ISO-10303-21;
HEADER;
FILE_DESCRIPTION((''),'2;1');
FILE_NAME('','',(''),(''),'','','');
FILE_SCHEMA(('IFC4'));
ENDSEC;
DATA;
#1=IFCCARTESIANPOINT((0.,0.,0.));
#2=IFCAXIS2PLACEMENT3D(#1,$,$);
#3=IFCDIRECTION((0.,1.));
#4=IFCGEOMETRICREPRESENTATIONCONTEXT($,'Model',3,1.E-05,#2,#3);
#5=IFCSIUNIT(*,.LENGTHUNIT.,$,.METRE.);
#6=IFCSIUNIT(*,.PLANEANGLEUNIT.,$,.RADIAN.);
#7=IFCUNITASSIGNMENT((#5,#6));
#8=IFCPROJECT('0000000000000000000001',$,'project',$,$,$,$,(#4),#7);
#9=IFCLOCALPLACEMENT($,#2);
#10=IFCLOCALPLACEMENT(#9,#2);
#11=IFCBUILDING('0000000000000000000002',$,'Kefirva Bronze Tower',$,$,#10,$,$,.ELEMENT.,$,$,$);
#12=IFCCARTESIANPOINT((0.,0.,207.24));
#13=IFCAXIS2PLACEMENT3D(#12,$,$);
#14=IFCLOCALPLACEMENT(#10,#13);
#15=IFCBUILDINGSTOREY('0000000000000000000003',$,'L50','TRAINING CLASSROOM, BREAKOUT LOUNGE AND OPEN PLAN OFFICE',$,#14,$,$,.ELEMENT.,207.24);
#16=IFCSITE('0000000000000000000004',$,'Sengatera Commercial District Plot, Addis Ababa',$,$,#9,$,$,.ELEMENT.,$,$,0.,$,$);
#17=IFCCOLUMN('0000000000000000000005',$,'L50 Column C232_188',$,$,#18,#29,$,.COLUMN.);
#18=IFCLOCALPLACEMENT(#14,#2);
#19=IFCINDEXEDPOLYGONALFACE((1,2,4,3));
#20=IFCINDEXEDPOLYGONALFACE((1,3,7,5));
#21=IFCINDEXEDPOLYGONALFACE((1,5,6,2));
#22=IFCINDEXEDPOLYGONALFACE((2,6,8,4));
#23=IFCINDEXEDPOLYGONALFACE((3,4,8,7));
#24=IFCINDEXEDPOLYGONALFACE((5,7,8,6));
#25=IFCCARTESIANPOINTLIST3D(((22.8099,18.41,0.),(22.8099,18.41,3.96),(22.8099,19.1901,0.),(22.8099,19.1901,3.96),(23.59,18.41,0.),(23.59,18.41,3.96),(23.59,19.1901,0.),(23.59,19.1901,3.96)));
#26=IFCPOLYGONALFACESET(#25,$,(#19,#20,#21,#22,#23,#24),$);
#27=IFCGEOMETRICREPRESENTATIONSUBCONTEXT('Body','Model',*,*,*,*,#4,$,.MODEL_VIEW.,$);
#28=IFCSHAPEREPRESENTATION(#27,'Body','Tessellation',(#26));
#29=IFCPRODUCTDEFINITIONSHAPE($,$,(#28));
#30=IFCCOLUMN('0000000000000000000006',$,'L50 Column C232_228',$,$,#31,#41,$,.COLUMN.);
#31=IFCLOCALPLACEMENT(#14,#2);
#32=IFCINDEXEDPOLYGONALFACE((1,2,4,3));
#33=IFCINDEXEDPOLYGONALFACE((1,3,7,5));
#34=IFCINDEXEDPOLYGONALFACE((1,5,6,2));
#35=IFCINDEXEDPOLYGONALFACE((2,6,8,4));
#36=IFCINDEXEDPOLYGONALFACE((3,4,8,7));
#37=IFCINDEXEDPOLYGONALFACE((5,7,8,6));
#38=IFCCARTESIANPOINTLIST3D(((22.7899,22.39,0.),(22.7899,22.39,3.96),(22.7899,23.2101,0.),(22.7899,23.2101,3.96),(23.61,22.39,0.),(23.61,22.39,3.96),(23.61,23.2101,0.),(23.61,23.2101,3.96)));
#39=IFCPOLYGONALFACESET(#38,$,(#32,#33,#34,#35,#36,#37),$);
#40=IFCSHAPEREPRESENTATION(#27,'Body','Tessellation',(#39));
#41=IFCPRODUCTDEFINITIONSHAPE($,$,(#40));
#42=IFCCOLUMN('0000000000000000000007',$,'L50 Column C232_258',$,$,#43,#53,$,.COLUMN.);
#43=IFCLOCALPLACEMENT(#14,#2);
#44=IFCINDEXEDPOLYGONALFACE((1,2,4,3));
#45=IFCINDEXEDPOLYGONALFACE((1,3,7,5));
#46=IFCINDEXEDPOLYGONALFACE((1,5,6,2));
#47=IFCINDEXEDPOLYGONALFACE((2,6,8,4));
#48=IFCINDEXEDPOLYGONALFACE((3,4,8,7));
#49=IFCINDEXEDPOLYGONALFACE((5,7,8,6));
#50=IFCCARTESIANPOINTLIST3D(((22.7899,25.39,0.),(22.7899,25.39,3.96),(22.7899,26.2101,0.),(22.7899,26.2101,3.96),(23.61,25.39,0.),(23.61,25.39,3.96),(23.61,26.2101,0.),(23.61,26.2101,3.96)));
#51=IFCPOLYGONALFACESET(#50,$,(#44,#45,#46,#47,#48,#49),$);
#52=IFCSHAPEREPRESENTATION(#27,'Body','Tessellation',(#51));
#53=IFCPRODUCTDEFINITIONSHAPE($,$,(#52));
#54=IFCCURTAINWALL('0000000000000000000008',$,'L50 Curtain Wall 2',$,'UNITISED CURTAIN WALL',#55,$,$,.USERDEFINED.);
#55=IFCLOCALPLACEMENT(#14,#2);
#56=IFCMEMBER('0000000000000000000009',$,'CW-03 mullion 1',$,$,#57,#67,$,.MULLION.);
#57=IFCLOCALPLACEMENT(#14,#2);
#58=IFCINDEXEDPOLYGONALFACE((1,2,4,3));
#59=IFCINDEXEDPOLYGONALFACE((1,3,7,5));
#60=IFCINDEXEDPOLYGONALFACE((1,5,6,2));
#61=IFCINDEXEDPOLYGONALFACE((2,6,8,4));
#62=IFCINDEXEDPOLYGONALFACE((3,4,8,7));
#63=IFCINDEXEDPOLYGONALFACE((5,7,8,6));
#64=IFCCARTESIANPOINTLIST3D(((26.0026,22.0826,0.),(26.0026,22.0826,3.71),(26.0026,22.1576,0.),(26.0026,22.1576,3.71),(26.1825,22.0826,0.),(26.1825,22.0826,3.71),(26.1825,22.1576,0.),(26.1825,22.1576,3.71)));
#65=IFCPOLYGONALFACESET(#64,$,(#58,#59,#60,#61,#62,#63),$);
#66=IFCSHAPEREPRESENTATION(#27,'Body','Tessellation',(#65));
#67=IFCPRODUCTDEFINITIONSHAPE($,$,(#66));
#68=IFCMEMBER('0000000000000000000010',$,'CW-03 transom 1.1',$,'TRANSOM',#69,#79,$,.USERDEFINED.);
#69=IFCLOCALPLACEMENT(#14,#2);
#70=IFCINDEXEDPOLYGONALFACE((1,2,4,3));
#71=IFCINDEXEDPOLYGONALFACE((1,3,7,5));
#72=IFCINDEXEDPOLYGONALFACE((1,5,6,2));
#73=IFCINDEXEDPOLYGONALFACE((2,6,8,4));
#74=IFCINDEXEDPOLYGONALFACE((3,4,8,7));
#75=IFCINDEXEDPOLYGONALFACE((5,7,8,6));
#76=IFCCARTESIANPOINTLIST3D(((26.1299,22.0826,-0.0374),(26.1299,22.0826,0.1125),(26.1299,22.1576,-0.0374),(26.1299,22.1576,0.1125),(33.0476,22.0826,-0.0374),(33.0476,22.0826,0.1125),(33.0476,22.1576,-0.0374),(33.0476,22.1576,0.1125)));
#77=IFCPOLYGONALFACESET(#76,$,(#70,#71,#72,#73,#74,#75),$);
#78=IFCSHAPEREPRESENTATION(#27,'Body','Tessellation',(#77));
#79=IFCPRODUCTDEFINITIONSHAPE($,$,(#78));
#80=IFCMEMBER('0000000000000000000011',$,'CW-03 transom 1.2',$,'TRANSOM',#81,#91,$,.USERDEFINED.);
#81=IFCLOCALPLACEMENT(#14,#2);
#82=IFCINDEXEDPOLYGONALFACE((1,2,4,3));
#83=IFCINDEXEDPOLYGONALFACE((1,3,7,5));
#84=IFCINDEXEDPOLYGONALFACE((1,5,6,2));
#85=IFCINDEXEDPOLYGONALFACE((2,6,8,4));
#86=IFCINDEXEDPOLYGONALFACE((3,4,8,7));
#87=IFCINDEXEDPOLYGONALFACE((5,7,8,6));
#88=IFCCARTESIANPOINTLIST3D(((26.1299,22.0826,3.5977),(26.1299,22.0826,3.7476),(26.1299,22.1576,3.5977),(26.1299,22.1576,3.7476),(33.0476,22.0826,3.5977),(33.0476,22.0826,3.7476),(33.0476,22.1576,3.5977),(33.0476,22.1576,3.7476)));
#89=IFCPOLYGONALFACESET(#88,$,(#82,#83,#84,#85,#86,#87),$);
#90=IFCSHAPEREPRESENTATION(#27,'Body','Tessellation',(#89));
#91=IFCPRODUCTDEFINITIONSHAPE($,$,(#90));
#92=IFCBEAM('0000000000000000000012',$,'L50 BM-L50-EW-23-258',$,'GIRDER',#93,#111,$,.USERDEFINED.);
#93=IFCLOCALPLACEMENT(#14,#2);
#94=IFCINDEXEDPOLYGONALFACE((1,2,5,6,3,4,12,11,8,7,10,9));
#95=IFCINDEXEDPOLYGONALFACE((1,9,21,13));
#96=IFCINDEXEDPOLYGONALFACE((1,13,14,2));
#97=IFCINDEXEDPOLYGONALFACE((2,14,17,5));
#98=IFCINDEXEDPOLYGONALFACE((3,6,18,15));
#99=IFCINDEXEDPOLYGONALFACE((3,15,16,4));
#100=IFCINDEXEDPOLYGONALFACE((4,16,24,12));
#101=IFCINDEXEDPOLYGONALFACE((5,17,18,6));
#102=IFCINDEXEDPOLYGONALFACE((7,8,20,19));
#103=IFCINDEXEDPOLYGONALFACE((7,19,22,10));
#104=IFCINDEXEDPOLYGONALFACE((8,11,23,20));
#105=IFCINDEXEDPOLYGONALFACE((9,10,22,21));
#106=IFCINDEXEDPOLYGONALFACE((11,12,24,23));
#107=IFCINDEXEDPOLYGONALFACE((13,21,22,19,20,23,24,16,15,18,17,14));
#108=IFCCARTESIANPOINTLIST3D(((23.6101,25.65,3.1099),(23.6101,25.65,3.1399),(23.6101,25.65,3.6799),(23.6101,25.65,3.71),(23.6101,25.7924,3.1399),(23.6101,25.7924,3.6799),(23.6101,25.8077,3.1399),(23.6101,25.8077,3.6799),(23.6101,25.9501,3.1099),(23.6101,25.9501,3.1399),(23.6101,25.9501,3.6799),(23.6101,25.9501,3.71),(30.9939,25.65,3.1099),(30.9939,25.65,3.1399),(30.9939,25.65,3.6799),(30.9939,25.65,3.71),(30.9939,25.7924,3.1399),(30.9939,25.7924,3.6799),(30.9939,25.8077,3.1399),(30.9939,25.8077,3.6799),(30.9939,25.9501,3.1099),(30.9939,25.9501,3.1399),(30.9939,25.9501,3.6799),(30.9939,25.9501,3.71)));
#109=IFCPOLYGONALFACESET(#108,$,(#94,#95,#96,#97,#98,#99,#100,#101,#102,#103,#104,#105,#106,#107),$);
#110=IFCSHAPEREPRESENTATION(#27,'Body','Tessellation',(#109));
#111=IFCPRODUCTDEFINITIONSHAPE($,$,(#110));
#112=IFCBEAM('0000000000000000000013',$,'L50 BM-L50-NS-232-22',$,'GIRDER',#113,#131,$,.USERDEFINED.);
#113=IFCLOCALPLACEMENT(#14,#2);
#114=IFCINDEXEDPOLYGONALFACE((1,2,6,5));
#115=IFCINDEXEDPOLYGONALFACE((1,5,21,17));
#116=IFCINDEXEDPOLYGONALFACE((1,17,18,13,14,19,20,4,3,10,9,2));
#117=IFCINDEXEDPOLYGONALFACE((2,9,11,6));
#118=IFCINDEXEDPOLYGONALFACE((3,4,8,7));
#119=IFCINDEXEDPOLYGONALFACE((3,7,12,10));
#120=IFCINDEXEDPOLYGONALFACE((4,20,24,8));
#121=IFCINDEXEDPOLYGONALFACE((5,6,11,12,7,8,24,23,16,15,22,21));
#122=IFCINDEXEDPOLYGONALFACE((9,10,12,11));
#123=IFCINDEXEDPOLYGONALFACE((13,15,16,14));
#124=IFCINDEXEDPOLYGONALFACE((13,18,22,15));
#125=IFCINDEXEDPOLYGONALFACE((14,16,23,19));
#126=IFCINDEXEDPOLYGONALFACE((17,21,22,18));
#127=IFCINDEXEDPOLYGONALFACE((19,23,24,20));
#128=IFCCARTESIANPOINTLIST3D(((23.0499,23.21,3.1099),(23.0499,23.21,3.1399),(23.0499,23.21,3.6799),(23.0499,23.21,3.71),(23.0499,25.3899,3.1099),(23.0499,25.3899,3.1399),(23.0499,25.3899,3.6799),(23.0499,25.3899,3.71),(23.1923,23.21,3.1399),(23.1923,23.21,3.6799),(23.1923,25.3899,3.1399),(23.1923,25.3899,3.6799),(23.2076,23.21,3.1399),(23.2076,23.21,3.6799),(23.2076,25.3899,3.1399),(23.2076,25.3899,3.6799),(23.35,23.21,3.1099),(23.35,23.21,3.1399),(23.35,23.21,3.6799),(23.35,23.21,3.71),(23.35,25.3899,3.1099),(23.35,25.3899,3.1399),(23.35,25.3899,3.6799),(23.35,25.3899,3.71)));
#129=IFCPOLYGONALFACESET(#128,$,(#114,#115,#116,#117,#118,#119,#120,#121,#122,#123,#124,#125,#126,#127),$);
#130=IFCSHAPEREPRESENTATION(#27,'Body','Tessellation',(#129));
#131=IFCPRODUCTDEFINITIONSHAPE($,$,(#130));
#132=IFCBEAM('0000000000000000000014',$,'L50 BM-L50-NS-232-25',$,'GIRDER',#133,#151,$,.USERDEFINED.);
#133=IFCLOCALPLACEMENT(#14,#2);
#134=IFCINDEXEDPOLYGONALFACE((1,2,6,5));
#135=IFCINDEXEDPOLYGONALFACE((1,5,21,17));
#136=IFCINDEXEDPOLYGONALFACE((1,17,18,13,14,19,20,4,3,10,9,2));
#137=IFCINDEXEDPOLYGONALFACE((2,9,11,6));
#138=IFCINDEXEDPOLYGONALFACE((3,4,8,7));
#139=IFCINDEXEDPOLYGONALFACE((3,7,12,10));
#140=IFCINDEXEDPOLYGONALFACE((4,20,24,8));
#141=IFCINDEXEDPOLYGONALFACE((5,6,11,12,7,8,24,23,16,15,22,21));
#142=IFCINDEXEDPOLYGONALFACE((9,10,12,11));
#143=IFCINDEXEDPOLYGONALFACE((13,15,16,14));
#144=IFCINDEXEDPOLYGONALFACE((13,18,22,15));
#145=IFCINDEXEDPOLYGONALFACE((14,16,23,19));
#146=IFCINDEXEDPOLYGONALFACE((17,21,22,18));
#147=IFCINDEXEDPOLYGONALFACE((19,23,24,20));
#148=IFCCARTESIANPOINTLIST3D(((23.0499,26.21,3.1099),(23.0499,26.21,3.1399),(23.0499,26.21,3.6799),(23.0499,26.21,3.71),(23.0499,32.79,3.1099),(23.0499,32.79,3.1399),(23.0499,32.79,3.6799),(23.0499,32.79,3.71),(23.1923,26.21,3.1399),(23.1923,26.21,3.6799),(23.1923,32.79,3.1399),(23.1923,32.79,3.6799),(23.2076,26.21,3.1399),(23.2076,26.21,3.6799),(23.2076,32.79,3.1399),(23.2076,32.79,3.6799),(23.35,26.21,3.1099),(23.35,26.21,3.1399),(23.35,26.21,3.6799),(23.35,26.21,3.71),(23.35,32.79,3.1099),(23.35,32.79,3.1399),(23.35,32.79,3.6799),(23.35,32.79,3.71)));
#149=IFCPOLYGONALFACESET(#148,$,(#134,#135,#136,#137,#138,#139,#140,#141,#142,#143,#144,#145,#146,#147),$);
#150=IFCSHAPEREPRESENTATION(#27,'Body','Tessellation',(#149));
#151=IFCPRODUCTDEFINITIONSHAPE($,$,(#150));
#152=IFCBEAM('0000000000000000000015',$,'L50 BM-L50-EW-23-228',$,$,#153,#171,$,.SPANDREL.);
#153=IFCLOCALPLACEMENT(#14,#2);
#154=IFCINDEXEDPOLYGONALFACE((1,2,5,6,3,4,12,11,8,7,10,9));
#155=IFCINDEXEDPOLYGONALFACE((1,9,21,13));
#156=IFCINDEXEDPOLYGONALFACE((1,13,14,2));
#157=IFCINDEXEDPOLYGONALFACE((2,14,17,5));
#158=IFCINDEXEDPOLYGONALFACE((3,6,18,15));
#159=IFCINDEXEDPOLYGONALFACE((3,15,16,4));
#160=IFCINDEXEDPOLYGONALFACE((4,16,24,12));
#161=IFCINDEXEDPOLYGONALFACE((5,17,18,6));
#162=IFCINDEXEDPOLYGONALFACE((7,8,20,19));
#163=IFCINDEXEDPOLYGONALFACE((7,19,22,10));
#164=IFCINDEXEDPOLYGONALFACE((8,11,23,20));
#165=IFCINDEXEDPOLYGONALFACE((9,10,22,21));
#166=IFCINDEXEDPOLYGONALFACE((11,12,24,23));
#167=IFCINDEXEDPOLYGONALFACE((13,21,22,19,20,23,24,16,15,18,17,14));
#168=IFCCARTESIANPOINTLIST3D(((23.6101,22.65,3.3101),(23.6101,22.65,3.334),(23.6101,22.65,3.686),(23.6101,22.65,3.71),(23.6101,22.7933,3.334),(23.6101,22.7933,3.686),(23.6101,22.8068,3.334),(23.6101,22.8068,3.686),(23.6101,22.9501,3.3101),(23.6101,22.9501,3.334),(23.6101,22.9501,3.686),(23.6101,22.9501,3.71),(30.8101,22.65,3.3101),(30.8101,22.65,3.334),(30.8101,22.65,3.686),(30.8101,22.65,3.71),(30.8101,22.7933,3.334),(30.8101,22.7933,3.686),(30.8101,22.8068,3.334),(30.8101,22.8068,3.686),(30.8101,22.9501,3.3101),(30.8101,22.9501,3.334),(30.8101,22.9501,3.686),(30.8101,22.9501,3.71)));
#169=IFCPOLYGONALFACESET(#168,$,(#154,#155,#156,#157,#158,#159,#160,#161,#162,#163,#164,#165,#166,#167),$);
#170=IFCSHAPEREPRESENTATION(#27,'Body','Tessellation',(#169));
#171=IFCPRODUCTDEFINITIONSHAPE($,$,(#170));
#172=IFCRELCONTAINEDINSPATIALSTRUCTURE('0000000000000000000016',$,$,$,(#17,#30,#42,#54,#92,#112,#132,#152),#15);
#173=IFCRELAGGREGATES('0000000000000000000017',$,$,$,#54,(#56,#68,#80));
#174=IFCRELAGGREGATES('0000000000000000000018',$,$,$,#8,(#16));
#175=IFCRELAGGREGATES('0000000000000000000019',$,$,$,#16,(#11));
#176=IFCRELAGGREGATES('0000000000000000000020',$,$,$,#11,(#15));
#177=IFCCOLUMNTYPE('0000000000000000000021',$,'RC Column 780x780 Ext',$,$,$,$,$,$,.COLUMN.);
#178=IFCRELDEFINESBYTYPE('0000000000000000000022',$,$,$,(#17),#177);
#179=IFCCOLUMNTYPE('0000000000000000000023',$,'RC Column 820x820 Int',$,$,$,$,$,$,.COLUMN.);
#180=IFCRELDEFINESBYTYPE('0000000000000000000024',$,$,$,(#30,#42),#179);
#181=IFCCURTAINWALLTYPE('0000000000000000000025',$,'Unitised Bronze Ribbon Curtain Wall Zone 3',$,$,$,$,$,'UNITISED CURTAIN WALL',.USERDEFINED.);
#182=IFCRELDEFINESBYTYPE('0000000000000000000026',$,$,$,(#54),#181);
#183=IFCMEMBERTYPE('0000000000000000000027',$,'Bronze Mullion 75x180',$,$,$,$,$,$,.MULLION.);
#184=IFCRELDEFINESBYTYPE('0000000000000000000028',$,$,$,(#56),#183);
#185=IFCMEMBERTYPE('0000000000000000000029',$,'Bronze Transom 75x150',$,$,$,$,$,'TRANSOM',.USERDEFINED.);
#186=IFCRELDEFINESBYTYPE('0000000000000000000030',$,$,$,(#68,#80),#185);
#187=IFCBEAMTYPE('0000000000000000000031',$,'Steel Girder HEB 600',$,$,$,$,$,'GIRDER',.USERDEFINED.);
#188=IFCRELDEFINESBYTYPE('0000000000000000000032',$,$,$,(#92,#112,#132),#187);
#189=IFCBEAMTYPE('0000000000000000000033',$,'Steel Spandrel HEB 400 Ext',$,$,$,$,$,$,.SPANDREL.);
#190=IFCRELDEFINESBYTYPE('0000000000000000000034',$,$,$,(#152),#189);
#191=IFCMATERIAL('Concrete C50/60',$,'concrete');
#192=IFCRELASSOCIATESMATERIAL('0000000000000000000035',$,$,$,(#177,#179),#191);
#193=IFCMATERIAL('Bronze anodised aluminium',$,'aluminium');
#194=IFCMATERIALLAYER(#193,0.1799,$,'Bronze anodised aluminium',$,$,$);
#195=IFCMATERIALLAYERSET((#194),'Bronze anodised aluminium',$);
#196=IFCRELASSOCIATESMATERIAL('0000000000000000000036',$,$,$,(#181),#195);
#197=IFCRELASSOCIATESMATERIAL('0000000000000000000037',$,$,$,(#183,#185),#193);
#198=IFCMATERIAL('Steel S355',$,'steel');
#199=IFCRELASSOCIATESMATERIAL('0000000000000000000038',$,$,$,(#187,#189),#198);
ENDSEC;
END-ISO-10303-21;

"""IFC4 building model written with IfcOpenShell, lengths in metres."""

from ifc_helpers import new_model, si_unit, direction, frame, origin, origin_2d, place, context, subcontext, project, spatial, rectangle, i_section, extrude, material, layer, layer_set, material_profile, profile_set, type_object, element, aggregate, save


model = new_model("IFC4")

# Units and contexts
model_context = context("Model", 3, precision=1e-05, world=origin(), true_north=direction((0.0, 1.0)))
body_context = subcontext(model_context, "Body", "Model", "MODEL_VIEW")
ifc_project = project(units=[si_unit("LENGTHUNIT", "METRE"), si_unit("PLANEANGLEUNIT", "RADIAN")], contexts=[model_context])

# Site, building, storey
site_placement = place(None, origin())
site = spatial("IfcSite", under=ifc_project, at=site_placement, Name="Sengatera Commercial District Plot, Addis Ababa", CompositionType="ELEMENT", RefElevation=0.0)
building_placement = place(site_placement, origin())
building = spatial("IfcBuilding", under=site, at=building_placement, Name="Kefirva Bronze Tower", CompositionType="ELEMENT")
storey_placement = place(building_placement, frame((0.0, 0.0, 207.24)))
storey = spatial("IfcBuildingStorey", under=building, at=storey_placement, Name="L50", Description="TRAINING CLASSROOM, BREAKOUT LOUNGE AND OPEN PLAN OFFICE", CompositionType="ELEMENT", Elevation=207.24)

# Columns
ifc_material_1 = material(Name="Concrete C50/60", Category="concrete")
ifc_material_profile_1 = material_profile(ifc_material_1, rectangle(XDim=0.78, YDim=0.78, at=origin_2d()), Name="RC 780x780")
ifc_profile_set_1 = profile_set([ifc_material_profile_1], Name="Concrete C50/60")
column_type_1 = type_object("IfcColumnType", Name="RC Column 780x780 Ext", PredefinedType="COLUMN", material=ifc_profile_set_1)
column_placement = place(storey_placement, frame((23.2, 18.8, 0.0), z_axis=(0.0, 0.0, 1.0), x_axis=(1.0, 0.0, 0.0)))
element("IfcColumn", 1, at=column_placement, inside=storey, type_object=column_type_1, Name="L50 Column C232_188", PredefinedType="COLUMN", context=body_context, shape_type="SweptSolid", body=[
    extrude(rectangle(XDim=0.78, YDim=0.78, at=origin_2d()), origin(), (0.0, 0.0, 1.0), 3.96),
])
ifc_material_profile_2 = material_profile(ifc_material_1, rectangle(XDim=0.8201, YDim=0.8201, at=origin_2d()), Name="RC 820x820")
ifc_profile_set_2 = profile_set([ifc_material_profile_2], Name="Concrete C50/60")
column_type_2 = type_object("IfcColumnType", Name="RC Column 820x820 Int", PredefinedType="COLUMN", material=ifc_profile_set_2)
for number, where, z_axis, x_axis, name in (
    (2, (23.2, 22.8, 0.0), (0.0, 0.0, 1.0), (1.0, 0.0, 0.0), "L50 Column C232_228"),
    (3, (23.2, 25.8, 0.0), (0.0, 0.0, 1.0), (1.0, 0.0, 0.0), "L50 Column C232_258"),
):
    element("IfcColumn", number, at=place(storey_placement, frame(where, z_axis=z_axis, x_axis=x_axis)), inside=storey, type_object=column_type_2, Name=name, PredefinedType="COLUMN", context=body_context, shape_type="SweptSolid", body=[
        extrude(rectangle(XDim=0.8201, YDim=0.8201, at=origin_2d()), origin(), (0.0, 0.0, 1.0), 3.96),
    ])

# Curtain wall, members
ifc_material_2 = material(Name="Bronze anodised aluminium", Category="aluminium")
ifc_layer_1 = layer(ifc_material_2, 0.1799, Name="Bronze anodised aluminium")
ifc_layer_set_1 = layer_set([ifc_layer_1], Name="Bronze anodised aluminium")
curtain_wall_type = type_object("IfcCurtainWallType", Name="Unitised Bronze Ribbon Curtain Wall Zone 3", ElementType="UNITISED CURTAIN WALL", PredefinedType="USERDEFINED", material=ifc_layer_set_1)
curtain_wall_placement = place(storey_placement, origin())
curtain_wall = element("IfcCurtainWall", 4, at=curtain_wall_placement, inside=storey, type_object=curtain_wall_type, Name="L50 Curtain Wall 2", ObjectType="UNITISED CURTAIN WALL", PredefinedType="USERDEFINED")
ifc_material_profile_3 = material_profile(ifc_material_2, rectangle(XDim=0.075, YDim=0.1799, at=origin_2d()), Name="ALU 75x180")
ifc_profile_set_3 = profile_set([ifc_material_profile_3], Name="Bronze anodised aluminium")
member_type_1 = type_object("IfcMemberType", Name="Bronze Mullion 75x180", PredefinedType="MULLION", material=ifc_profile_set_3)
member_1_placement = place(storey_placement, frame((26.0925, 22.1201, 0.0), z_axis=(0.0, 0.0, 1.0), x_axis=(0.0, 1.0, 0.0)))
member_1 = element("IfcMember", 5, at=member_1_placement, type_object=member_type_1, Name="CW-03 mullion 1", PredefinedType="MULLION", context=body_context, shape_type="SweptSolid", body=[
    extrude(rectangle(XDim=0.075, YDim=0.1799, at=origin_2d()), origin(), (0.0, 0.0, 1.0), 3.71),
])
ifc_material_profile_4 = material_profile(ifc_material_2, rectangle(XDim=0.075, YDim=0.1499, at=origin_2d()), Name="ALU 75x150")
ifc_profile_set_4 = profile_set([ifc_material_profile_4], Name="Bronze anodised aluminium")
member_type_2 = type_object("IfcMemberType", Name="Bronze Transom 75x150", ElementType="TRANSOM", PredefinedType="USERDEFINED", material=ifc_profile_set_4)
member_2_placement = place(storey_placement, frame((26.1299, 22.1201, 0.0376), z_axis=(1.0, 0.0, 0.0), x_axis=(0.0, 1.0, 0.0)))
member_2 = element("IfcMember", 6, at=member_2_placement, type_object=member_type_2, Name="CW-03 transom 1.1", ObjectType="TRANSOM", PredefinedType="USERDEFINED", context=body_context, shape_type="SweptSolid", body=[
    extrude(rectangle(XDim=0.075, YDim=0.1499, at=origin_2d()), origin(), (0.0, 0.0, 1.0), 6.9177),
])
member_3_placement = place(storey_placement, frame((26.1299, 22.1201, 3.6726), z_axis=(1.0, 0.0, 0.0), x_axis=(0.0, 1.0, 0.0)))
member_3 = element("IfcMember", 7, at=member_3_placement, type_object=member_type_2, Name="CW-03 transom 1.2", ObjectType="TRANSOM", PredefinedType="USERDEFINED", context=body_context, shape_type="SweptSolid", body=[
    extrude(rectangle(XDim=0.075, YDim=0.1499, at=origin_2d()), origin(), (0.0, 0.0, 1.0), 6.9177),
])
aggregate(curtain_wall, [member_1, member_2, member_3])

# Beams
ifc_material_3 = material(Name="Steel S355", Category="steel")
ifc_material_profile_5 = material_profile(ifc_material_3, i_section(OverallWidth=0.3, OverallDepth=0.6001, WebThickness=0.0154, FlangeThickness=0.03, at=origin_2d()), Name="HEB 600")
ifc_profile_set_5 = profile_set([ifc_material_profile_5], Name="Steel S355")
beam_type_1 = type_object("IfcBeamType", Name="Steel Girder HEB 600", ElementType="GIRDER", PredefinedType="USERDEFINED", material=ifc_profile_set_5)
beam_1_placement = place(storey_placement, frame((23.6101, 25.8, 3.4099), z_axis=(1.0, 0.0, 0.0), x_axis=(0.0, 1.0, 0.0)))
element("IfcBeam", 8, at=beam_1_placement, inside=storey, type_object=beam_type_1, Name="L50 BM-L50-EW-23-258", ObjectType="GIRDER", PredefinedType="USERDEFINED", context=body_context, shape_type="SweptSolid", body=[
    extrude(i_section(OverallWidth=0.3, OverallDepth=0.6001, WebThickness=0.0154, FlangeThickness=0.03, at=origin_2d()), origin(), (0.0, 0.0, 1.0), 7.3838),
])
beam_2_placement = place(storey_placement, frame((23.2, 23.21, 3.4099), z_axis=(0.0, 1.0, 0.0), x_axis=(-1.0, 0.0, 0.0)))
element("IfcBeam", 9, at=beam_2_placement, inside=storey, type_object=beam_type_1, Name="L50 BM-L50-NS-232-22", ObjectType="GIRDER", PredefinedType="USERDEFINED", context=body_context, shape_type="SweptSolid", body=[
    extrude(i_section(OverallWidth=0.3, OverallDepth=0.6001, WebThickness=0.0154, FlangeThickness=0.03, at=origin_2d()), origin(), (0.0, 0.0, 1.0), 2.1799),
])
beam_3_placement = place(storey_placement, frame((23.2, 26.21, 3.4099), z_axis=(0.0, 1.0, 0.0), x_axis=(-1.0, 0.0, 0.0)))
element("IfcBeam", 10, at=beam_3_placement, inside=storey, type_object=beam_type_1, Name="L50 BM-L50-NS-232-25", ObjectType="GIRDER", PredefinedType="USERDEFINED", context=body_context, shape_type="SweptSolid", body=[
    extrude(i_section(OverallWidth=0.3, OverallDepth=0.6001, WebThickness=0.0154, FlangeThickness=0.03, at=origin_2d()), origin(), (0.0, 0.0, 1.0), 6.5801),
])
ifc_material_profile_6 = material_profile(ifc_material_3, i_section(OverallWidth=0.3, OverallDepth=0.3999, WebThickness=0.0134, FlangeThickness=0.0239, at=origin_2d()), Name="HEB 400")
ifc_profile_set_6 = profile_set([ifc_material_profile_6], Name="Steel S355")
beam_type_2 = type_object("IfcBeamType", Name="Steel Spandrel HEB 400 Ext", PredefinedType="SPANDREL", material=ifc_profile_set_6)
beam_4_placement = place(storey_placement, frame((23.6101, 22.8, 3.51), z_axis=(1.0, 0.0, 0.0), x_axis=(0.0, 1.0, 0.0)))
element("IfcBeam", 11, at=beam_4_placement, inside=storey, type_object=beam_type_2, Name="L50 BM-L50-EW-23-228", PredefinedType="SPANDREL", context=body_context, shape_type="SweptSolid", body=[
    extrude(i_section(OverallWidth=0.3, OverallDepth=0.3999, WebThickness=0.0134, FlangeThickness=0.0239, at=origin_2d()), origin(), (0.0, 0.0, 1.0), 7.2),
])

save(model, "model.ifc")
